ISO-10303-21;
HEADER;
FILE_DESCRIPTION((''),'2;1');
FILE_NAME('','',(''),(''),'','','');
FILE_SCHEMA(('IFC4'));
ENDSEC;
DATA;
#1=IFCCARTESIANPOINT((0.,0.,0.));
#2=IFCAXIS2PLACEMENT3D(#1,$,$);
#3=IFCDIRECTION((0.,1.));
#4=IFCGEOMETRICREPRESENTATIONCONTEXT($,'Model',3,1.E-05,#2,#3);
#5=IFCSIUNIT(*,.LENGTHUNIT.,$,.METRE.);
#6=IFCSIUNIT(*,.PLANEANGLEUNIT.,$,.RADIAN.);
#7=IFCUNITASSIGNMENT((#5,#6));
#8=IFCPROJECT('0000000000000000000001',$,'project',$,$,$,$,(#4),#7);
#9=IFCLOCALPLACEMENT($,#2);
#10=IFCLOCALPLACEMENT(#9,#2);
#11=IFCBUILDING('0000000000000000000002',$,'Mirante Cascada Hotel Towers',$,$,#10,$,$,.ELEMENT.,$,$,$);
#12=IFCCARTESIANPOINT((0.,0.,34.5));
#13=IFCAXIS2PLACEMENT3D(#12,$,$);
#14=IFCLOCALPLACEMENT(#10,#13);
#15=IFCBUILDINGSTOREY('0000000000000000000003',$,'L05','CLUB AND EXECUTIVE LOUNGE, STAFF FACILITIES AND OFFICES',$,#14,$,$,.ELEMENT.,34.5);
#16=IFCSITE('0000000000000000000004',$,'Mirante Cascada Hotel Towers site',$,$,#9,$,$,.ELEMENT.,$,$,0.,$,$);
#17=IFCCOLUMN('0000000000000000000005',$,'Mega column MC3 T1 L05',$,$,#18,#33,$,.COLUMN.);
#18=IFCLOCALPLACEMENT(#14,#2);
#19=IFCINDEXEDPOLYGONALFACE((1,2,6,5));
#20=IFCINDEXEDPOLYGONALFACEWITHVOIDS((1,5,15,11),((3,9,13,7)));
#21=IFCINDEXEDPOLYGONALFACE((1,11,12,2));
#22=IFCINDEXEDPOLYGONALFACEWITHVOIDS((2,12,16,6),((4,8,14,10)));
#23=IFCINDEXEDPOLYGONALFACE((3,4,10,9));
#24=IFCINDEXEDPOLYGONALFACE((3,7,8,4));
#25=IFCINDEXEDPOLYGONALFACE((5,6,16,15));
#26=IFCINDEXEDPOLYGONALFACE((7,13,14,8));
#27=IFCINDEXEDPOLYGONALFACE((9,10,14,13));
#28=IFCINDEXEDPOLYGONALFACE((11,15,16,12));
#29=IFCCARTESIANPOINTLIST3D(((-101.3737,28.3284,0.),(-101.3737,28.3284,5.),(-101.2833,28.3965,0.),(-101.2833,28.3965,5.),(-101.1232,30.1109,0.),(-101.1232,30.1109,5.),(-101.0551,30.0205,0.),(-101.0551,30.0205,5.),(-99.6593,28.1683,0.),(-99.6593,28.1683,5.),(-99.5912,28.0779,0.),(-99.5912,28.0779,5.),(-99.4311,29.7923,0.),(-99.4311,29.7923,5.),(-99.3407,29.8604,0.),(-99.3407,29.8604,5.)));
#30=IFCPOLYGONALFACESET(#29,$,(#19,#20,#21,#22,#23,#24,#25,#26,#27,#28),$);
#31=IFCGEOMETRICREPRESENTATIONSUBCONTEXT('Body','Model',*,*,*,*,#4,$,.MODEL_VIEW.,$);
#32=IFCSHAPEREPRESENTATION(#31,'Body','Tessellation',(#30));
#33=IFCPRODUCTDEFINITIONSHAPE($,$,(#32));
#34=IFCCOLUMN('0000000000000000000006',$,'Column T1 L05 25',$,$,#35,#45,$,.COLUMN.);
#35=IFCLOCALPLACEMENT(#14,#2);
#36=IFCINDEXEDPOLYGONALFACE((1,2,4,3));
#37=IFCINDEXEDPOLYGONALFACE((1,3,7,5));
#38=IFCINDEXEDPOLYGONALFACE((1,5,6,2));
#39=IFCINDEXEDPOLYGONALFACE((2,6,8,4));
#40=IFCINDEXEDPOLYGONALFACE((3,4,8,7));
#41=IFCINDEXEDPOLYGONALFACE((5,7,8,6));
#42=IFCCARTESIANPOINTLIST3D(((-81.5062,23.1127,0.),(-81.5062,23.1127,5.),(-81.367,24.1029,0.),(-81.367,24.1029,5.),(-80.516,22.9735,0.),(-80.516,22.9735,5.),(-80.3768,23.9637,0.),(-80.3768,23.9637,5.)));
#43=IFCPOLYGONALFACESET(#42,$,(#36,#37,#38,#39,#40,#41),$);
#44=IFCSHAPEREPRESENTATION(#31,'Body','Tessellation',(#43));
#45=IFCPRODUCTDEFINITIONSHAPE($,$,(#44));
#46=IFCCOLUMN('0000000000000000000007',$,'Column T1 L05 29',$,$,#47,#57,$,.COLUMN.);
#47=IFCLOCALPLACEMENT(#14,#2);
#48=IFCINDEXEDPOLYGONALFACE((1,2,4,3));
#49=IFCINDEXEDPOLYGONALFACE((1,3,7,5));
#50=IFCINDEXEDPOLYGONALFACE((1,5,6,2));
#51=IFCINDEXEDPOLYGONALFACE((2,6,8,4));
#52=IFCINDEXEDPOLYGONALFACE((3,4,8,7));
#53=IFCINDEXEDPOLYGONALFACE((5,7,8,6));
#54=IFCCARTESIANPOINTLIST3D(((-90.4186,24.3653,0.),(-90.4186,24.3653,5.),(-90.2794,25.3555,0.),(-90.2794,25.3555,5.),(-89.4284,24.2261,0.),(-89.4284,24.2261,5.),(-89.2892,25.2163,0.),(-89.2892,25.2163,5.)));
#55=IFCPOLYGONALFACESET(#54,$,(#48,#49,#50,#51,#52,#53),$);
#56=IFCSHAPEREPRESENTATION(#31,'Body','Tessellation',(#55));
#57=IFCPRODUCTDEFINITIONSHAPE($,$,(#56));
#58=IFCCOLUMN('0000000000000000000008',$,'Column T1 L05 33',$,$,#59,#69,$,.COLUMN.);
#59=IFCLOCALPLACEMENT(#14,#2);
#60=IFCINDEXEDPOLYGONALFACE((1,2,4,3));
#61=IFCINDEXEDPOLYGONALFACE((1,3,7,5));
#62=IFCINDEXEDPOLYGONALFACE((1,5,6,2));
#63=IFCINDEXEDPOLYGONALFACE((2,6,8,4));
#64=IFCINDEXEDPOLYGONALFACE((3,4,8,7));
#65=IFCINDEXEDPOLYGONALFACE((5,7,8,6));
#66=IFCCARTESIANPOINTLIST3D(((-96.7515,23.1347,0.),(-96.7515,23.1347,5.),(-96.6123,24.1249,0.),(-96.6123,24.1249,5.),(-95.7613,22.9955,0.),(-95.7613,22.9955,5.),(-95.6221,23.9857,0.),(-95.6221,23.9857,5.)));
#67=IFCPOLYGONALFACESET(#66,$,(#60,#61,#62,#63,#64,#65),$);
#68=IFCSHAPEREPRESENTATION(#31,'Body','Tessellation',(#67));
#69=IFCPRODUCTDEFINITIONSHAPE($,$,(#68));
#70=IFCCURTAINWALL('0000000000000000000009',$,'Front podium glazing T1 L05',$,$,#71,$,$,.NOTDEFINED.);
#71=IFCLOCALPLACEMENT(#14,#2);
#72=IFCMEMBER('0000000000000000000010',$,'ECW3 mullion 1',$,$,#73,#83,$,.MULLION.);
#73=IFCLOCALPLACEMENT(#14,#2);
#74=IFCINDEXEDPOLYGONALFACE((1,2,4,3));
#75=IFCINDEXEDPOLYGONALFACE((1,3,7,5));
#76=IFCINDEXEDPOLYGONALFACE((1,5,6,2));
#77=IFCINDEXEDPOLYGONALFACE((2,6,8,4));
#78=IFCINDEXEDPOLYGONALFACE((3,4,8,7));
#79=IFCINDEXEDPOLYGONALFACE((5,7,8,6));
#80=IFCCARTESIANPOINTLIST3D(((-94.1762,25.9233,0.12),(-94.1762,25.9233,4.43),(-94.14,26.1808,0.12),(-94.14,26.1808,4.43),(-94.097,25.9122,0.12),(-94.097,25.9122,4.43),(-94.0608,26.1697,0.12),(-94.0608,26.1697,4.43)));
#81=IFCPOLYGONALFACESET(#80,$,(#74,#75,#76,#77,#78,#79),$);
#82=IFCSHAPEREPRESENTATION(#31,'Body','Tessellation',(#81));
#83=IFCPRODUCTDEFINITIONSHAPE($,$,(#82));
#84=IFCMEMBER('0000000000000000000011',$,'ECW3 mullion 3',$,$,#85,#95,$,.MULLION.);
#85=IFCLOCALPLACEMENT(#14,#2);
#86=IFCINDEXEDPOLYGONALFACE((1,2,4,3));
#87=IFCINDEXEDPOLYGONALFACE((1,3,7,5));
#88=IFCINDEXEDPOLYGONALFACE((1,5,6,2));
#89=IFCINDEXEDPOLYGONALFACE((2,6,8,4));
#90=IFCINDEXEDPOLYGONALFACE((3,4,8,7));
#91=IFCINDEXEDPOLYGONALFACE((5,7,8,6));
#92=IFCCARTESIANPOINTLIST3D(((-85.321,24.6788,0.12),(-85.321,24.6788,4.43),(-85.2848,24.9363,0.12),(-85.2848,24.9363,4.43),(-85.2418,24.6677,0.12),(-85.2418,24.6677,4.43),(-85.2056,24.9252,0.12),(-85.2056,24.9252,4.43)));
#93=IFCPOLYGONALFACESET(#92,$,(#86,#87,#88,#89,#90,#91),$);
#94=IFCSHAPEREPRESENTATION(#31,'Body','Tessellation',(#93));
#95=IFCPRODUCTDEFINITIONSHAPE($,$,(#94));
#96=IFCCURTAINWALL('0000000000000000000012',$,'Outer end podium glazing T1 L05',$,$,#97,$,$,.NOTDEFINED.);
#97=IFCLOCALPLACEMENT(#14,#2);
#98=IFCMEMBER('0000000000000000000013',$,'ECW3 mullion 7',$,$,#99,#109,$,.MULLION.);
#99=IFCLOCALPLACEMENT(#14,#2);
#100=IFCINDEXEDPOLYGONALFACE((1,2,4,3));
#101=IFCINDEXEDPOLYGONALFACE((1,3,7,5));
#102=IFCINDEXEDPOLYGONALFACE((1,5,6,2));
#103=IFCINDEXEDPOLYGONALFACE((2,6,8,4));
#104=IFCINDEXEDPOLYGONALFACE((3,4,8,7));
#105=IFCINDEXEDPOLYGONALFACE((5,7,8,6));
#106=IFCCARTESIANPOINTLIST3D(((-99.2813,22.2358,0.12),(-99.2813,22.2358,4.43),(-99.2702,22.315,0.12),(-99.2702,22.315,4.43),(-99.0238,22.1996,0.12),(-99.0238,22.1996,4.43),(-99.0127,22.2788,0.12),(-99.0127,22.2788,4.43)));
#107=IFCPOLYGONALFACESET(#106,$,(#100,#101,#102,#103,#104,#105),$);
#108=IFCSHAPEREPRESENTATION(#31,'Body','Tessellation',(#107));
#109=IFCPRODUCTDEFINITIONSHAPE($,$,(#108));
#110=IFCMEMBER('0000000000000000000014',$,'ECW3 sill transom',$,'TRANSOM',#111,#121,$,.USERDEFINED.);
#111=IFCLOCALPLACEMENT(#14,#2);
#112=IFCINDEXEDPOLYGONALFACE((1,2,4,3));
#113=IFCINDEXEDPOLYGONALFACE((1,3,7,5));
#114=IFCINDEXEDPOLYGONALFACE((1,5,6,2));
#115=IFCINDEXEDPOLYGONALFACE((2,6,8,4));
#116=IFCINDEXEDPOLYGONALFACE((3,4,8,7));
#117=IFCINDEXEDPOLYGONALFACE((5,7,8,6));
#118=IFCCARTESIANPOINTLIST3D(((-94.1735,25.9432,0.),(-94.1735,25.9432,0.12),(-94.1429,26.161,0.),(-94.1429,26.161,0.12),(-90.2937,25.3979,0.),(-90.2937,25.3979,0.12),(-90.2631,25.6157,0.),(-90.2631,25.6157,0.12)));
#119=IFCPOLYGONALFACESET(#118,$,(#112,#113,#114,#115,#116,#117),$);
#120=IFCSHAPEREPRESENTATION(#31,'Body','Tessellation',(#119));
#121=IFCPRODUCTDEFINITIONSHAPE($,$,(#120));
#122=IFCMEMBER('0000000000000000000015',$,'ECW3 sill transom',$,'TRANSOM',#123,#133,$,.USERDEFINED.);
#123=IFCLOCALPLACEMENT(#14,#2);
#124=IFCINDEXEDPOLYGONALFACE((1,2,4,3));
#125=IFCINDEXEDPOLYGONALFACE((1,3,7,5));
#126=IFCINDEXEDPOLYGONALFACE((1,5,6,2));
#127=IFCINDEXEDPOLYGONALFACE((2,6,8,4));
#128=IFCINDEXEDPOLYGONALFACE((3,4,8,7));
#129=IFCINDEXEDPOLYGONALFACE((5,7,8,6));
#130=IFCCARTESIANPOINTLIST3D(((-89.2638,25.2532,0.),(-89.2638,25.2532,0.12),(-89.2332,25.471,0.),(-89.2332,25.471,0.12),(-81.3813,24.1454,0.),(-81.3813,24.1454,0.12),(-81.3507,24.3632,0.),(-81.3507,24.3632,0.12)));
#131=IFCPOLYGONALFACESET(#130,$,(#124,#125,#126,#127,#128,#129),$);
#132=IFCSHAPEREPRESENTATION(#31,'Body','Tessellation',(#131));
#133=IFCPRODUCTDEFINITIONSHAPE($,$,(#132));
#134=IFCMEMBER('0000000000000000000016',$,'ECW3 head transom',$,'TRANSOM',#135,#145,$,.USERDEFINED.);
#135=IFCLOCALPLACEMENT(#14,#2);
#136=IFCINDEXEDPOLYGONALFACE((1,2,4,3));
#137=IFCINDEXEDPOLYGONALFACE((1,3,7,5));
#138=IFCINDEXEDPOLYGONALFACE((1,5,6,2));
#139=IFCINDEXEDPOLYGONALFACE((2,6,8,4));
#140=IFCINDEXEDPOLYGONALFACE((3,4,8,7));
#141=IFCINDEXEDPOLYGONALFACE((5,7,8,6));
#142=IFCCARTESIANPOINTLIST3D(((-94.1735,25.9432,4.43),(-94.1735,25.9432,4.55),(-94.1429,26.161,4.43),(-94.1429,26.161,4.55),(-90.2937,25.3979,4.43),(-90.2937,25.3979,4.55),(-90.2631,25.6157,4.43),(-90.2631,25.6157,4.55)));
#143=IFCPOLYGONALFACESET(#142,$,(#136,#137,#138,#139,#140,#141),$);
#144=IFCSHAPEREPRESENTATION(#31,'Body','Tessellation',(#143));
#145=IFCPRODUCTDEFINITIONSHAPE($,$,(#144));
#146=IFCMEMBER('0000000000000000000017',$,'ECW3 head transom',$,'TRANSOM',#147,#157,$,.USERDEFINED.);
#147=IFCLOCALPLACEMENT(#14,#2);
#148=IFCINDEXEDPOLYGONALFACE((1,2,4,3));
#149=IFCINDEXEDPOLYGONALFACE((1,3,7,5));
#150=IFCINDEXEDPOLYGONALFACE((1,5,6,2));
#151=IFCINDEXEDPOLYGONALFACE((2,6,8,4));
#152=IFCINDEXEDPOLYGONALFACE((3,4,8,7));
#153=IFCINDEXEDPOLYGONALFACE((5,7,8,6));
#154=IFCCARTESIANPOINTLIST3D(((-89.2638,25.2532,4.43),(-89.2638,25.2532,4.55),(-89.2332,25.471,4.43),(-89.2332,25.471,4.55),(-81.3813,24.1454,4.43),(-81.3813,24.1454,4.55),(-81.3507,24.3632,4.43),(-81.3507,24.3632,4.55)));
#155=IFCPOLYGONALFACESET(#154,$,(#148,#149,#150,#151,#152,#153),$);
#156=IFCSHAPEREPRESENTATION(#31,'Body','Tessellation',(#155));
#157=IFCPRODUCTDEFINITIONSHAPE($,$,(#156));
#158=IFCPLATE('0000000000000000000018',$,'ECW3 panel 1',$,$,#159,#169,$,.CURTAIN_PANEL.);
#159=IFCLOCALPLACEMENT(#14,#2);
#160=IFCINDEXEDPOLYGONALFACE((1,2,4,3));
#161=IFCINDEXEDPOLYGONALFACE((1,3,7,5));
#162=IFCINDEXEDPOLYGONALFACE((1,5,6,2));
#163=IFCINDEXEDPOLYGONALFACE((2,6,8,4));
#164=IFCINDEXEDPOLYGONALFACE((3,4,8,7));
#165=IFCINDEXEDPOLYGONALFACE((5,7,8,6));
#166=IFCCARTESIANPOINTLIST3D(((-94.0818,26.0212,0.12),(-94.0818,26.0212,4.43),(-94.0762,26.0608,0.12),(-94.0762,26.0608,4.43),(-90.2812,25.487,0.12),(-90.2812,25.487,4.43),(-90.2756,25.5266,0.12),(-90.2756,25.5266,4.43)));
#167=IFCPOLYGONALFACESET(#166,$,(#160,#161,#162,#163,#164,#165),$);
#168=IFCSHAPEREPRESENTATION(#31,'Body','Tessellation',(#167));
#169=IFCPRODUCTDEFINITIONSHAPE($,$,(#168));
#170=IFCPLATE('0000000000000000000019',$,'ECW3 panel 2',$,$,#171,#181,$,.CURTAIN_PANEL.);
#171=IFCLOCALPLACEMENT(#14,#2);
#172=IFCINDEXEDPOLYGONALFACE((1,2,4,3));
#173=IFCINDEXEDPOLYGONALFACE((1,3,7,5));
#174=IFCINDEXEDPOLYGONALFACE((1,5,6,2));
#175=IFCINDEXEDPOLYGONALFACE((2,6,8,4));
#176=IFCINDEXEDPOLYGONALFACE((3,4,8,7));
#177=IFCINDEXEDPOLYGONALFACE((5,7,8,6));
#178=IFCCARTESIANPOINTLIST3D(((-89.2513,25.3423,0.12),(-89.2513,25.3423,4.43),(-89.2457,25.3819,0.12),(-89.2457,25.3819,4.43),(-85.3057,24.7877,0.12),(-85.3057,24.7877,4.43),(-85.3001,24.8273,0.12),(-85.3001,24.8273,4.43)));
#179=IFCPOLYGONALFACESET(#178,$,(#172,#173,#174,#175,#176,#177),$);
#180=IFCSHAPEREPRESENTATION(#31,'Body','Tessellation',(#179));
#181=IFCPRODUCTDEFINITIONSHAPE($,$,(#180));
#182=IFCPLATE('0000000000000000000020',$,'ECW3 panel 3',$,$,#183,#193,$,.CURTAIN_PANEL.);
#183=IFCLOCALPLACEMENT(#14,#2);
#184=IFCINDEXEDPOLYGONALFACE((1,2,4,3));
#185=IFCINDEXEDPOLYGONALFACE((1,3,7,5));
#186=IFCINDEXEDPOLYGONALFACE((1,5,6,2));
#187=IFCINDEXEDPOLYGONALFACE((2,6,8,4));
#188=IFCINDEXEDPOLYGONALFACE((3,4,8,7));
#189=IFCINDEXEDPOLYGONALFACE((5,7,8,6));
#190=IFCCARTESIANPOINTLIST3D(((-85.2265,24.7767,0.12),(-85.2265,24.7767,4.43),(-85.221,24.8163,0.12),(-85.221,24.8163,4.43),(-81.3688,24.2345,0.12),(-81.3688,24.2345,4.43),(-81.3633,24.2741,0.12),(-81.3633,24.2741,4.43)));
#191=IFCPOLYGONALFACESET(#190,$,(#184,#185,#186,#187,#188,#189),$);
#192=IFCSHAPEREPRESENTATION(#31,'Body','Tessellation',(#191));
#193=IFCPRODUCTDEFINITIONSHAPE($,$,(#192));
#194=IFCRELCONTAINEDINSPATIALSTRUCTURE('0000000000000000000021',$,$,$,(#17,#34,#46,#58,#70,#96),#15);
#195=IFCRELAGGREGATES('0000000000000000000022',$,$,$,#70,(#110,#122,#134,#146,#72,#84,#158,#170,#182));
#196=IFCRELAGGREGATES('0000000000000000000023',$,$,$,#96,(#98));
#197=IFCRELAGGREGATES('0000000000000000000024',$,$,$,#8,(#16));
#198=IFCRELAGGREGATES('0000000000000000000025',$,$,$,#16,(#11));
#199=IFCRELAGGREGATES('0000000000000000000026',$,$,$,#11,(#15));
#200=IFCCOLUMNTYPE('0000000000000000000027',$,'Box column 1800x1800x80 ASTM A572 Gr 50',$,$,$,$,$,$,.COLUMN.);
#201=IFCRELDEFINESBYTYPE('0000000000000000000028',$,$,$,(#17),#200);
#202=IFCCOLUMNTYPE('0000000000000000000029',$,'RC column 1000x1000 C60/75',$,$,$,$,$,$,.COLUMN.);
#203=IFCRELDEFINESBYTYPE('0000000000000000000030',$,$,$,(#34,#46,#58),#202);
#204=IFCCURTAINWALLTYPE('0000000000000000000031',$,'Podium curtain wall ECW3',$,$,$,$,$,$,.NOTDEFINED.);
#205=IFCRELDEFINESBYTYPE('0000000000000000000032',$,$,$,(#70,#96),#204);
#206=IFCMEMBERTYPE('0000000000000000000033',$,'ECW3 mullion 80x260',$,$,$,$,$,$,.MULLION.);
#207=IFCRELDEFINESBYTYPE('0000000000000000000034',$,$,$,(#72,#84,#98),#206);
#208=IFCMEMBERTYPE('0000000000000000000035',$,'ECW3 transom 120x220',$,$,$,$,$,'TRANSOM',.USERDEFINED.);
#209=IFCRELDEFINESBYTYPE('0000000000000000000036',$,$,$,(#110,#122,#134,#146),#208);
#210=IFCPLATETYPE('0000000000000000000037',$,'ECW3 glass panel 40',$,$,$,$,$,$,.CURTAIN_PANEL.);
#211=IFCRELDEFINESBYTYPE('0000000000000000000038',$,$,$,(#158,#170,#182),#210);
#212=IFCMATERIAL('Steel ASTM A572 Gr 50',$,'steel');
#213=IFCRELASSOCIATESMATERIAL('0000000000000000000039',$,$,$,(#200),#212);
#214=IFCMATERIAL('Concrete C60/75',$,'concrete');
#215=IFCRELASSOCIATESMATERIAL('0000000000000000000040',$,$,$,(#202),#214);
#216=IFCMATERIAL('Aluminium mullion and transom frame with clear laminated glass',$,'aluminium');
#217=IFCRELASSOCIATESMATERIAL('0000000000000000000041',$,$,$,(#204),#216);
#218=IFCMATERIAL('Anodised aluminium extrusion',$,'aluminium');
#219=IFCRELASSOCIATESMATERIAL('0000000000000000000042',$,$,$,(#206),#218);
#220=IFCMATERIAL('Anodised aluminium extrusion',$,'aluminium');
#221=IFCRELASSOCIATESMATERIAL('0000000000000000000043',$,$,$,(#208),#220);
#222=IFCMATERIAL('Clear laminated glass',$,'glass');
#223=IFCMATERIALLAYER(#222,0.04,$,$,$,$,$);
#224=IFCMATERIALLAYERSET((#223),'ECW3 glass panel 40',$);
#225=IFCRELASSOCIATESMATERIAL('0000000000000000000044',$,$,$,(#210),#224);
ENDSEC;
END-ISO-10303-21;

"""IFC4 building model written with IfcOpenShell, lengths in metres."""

from ifc_helpers import new_model, si_unit, direction, frame, origin, origin_2d, place, context, subcontext, project, spatial, rectangle, hollow_rectangle, extrude, material, layer, layer_set, material_profile, profile_set, type_object, element, aggregate, save


model = new_model("IFC4")

# Units and contexts
model_context = context("Model", 3, precision=1e-05, world=origin(), true_north=direction((0.0, 1.0)))
body_context = subcontext(model_context, "Body", "Model", "MODEL_VIEW")
ifc_project = project(units=[si_unit("LENGTHUNIT", "METRE"), si_unit("PLANEANGLEUNIT", "RADIAN")], contexts=[model_context])

# Site, building, storey
site_placement = place(None, origin())
site = spatial("IfcSite", under=ifc_project, at=site_placement, Name="Mirante Cascada Hotel Towers site", CompositionType="ELEMENT", RefElevation=0.0)
building_placement = place(site_placement, origin())
building = spatial("IfcBuilding", under=site, at=building_placement, Name="Mirante Cascada Hotel Towers", CompositionType="ELEMENT")
storey_placement = place(building_placement, frame((0.0, 0.0, 34.5)))
storey = spatial("IfcBuildingStorey", under=building, at=storey_placement, Name="L05", Description="CLUB AND EXECUTIVE LOUNGE, STAFF FACILITIES AND OFFICES", CompositionType="ELEMENT", Elevation=34.5)

# Columns
ifc_material_1 = material(Name="Steel ASTM A572 Gr 50", Category="steel")
ifc_material_profile_1 = material_profile(ifc_material_1, hollow_rectangle(XDim=1.8, YDim=1.8, WallThickness=0.08, at=origin_2d()), Name="Box column 1800x1800x80 ASTM A572 Gr 50")
ifc_profile_set_1 = profile_set([ifc_material_profile_1], Name="Steel ASTM A572 Gr 50")
column_type_1 = type_object("IfcColumnType", Name="Box column 1800x1800x80 ASTM A572 Gr 50", PredefinedType="COLUMN", material=ifc_profile_set_1)
column_placement = place(storey_placement, frame((-100.3572, 29.0944, 0.0), z_axis=(0.0, 0.0, 1.0), x_axis=(-0.990268, 0.139173, 0.0)))
element("IfcColumn", 1, at=column_placement, inside=storey, type_object=column_type_1, Name="Mega column MC3 T1 L05", PredefinedType="COLUMN", context=body_context, shape_type="SweptSolid", body=[
    extrude(hollow_rectangle(XDim=1.8, YDim=1.8, WallThickness=0.08, at=origin_2d()), origin(), (0.0, 0.0, 1.0), 5.0),
])
ifc_material_2 = material(Name="Concrete C60/75", Category="concrete")
ifc_material_profile_2 = material_profile(ifc_material_2, rectangle(XDim=1.0, YDim=1.0, at=origin_2d()), Name="RC column 1000x1000 C60/75")
ifc_profile_set_2 = profile_set([ifc_material_profile_2], Name="Concrete C60/75")
column_type_2 = type_object("IfcColumnType", Name="RC column 1000x1000 C60/75", PredefinedType="COLUMN", material=ifc_profile_set_2)
for number, where, z_axis, x_axis, name in (
    (2, (-80.9415, 23.5382, 0.0), (0.0, 0.0, 1.0), (-0.990268, 0.139173, 0.0), "Column T1 L05 25"),
    (3, (-89.8539, 24.7908, 0.0), (0.0, 0.0, 1.0), (-0.990268, 0.139173, 0.0), "Column T1 L05 29"),
    (4, (-96.1868, 23.5602, 0.0), (0.0, 0.0, 1.0), (-0.990268, 0.139173, 0.0), "Column T1 L05 33"),
):
    element("IfcColumn", number, at=place(storey_placement, frame(where, z_axis=z_axis, x_axis=x_axis)), inside=storey, type_object=column_type_2, Name=name, PredefinedType="COLUMN", context=body_context, shape_type="SweptSolid", body=[
        extrude(rectangle(XDim=1.0, YDim=1.0, at=origin_2d()), origin(), (0.0, 0.0, 1.0), 5.0),
    ])

# Curtain wall, members
ifc_material_3 = material(Name="Aluminium mullion and transom frame with clear laminated glass", Category="aluminium")
curtain_wall_type = type_object("IfcCurtainWallType", Name="Podium curtain wall ECW3", PredefinedType="NOTDEFINED", material=ifc_material_3)
curtain_wall_1_placement = place(storey_placement, origin())
curtain_wall_1 = element("IfcCurtainWall", 5, at=curtain_wall_1_placement, inside=storey, type_object=curtain_wall_type, Name="Front podium glazing T1 L05", PredefinedType="NOTDEFINED")
ifc_material_4 = material(Name="Anodised aluminium extrusion", Category="aluminium")
ifc_material_profile_3 = material_profile(ifc_material_4, rectangle(XDim=0.26, YDim=0.08, at=origin_2d()), Name="ECW3 MULLION 80x260")
ifc_profile_set_3 = profile_set([ifc_material_profile_3], Name="Anodised aluminium extrusion")
member_type_1 = type_object("IfcMemberType", Name="ECW3 mullion 80x260", PredefinedType="MULLION", material=ifc_profile_set_3)
member_1_placement = place(storey_placement, frame((-94.1185, 26.0465, 0.12), z_axis=(0.0, 0.0, 1.0), x_axis=(0.139173, 0.990268, 0.0)))
member_1 = element("IfcMember", 6, at=member_1_placement, type_object=member_type_1, Name="ECW3 mullion 1", PredefinedType="MULLION", context=body_context, shape_type="SweptSolid", body=[
    extrude(rectangle(XDim=0.26, YDim=0.08, at=origin_2d()), origin(), (0.0, 0.0, 1.0), 4.31),
])
member_2_placement = place(storey_placement, frame((-85.2633, 24.802, 0.12), z_axis=(0.0, 0.0, 1.0), x_axis=(0.139173, 0.990268, 0.0)))
member_2 = element("IfcMember", 7, at=member_2_placement, type_object=member_type_1, Name="ECW3 mullion 3", PredefinedType="MULLION", context=body_context, shape_type="SweptSolid", body=[
    extrude(rectangle(XDim=0.26, YDim=0.08, at=origin_2d()), origin(), (0.0, 0.0, 1.0), 4.31),
])

# Curtain wall, member
curtain_wall_2_placement = place(storey_placement, origin())
curtain_wall_2 = element("IfcCurtainWall", 8, at=curtain_wall_2_placement, inside=storey, type_object=curtain_wall_type, Name="Outer end podium glazing T1 L05", PredefinedType="NOTDEFINED")
member_3_placement = place(storey_placement, frame((-99.147, 22.2573, 0.12), z_axis=(0.0, 0.0, 1.0), x_axis=(-0.990268, 0.139173, 0.0)))
member_3 = element("IfcMember", 9, at=member_3_placement, type_object=member_type_1, Name="ECW3 mullion 7", PredefinedType="MULLION", context=body_context, shape_type="SweptSolid", body=[
    extrude(rectangle(XDim=0.26, YDim=0.08, at=origin_2d()), origin(), (0.0, 0.0, 1.0), 4.31),
])

# Members
ifc_material_5 = material(Name="Anodised aluminium extrusion", Category="aluminium")
ifc_material_profile_4 = material_profile(ifc_material_5, rectangle(XDim=0.22, YDim=0.12, at=origin_2d()), Name="ECW3 TRANSOM 120x220")
ifc_profile_set_4 = profile_set([ifc_material_profile_4], Name="Anodised aluminium extrusion")
member_type_2 = type_object("IfcMemberType", Name="ECW3 transom 120x220", ElementType="TRANSOM", PredefinedType="USERDEFINED", material=ifc_profile_set_4)
member_4_placement = place(storey_placement, frame((-94.1582, 26.0521, 0.06), z_axis=(0.990267, -0.139181, 0.0), x_axis=(0.139181, 0.990267, 0.0)))
member_4 = element("IfcMember", 10, at=member_4_placement, type_object=member_type_2, Name="ECW3 sill transom", ObjectType="TRANSOM", PredefinedType="USERDEFINED", context=body_context, shape_type="SweptSolid", body=[
    extrude(rectangle(XDim=0.22, YDim=0.12, at=origin_2d()), origin(), (0.0, 0.0, 1.0), 3.9179),
])
member_5_placement = place(storey_placement, frame((-89.2485, 25.3621, 0.06), z_axis=(0.990268, -0.139172, 0.0), x_axis=(0.139172, 0.990268, 0.0)))
member_5 = element("IfcMember", 11, at=member_5_placement, type_object=member_type_2, Name="ECW3 sill transom", ObjectType="TRANSOM", PredefinedType="USERDEFINED", context=body_context, shape_type="SweptSolid", body=[
    extrude(rectangle(XDim=0.22, YDim=0.12, at=origin_2d()), origin(), (0.0, 0.0, 1.0), 7.96),
])
member_6_placement = place(storey_placement, frame((-94.1582, 26.0521, 4.49), z_axis=(0.990267, -0.139181, 0.0), x_axis=(0.139181, 0.990267, 0.0)))
member_6 = element("IfcMember", 12, at=member_6_placement, type_object=member_type_2, Name="ECW3 head transom", ObjectType="TRANSOM", PredefinedType="USERDEFINED", context=body_context, shape_type="SweptSolid", body=[
    extrude(rectangle(XDim=0.22, YDim=0.12, at=origin_2d()), origin(), (0.0, 0.0, 1.0), 3.9179),
])
member_7_placement = place(storey_placement, frame((-89.2485, 25.3621, 4.49), z_axis=(0.990268, -0.139172, 0.0), x_axis=(0.139172, 0.990268, 0.0)))
member_7 = element("IfcMember", 13, at=member_7_placement, type_object=member_type_2, Name="ECW3 head transom", ObjectType="TRANSOM", PredefinedType="USERDEFINED", context=body_context, shape_type="SweptSolid", body=[
    extrude(rectangle(XDim=0.22, YDim=0.12, at=origin_2d()), origin(), (0.0, 0.0, 1.0), 7.96),
])

# Plates
ifc_material_6 = material(Name="Clear laminated glass", Category="glass")
ifc_layer_1 = layer(ifc_material_6, 0.04)
ifc_layer_set_1 = layer_set([ifc_layer_1], Name="ECW3 glass panel 40")
plate_type = type_object("IfcPlateType", Name="ECW3 glass panel 40", PredefinedType="CURTAIN_PANEL", material=ifc_layer_set_1)
plate_1_placement = place(storey_placement, frame((-92.1787, 25.7739, 0.12), z_axis=(0.0, 0.0, 1.0), x_axis=(0.990268, -0.139173, 0.0)))
plate_1 = element("IfcPlate", 14, at=plate_1_placement, type_object=plate_type, Name="ECW3 panel 1", PredefinedType="CURTAIN_PANEL", context=body_context, shape_type="SweptSolid", body=[
    extrude(rectangle(XDim=3.8379, YDim=0.04, at=origin_2d()), origin(), (0.0, 0.0, 1.0), 4.31),
])
plate_2_placement = place(storey_placement, frame((-87.2757, 25.0848, 0.12), z_axis=(0.0, 0.0, 1.0), x_axis=(0.990268, -0.139173, 0.0)))
plate_2 = element("IfcPlate", 15, at=plate_2_placement, type_object=plate_type, Name="ECW3 panel 2", PredefinedType="CURTAIN_PANEL", context=body_context, shape_type="SweptSolid", body=[
    extrude(rectangle(XDim=3.9844, YDim=0.04, at=origin_2d()), origin(), (0.0, 0.0, 1.0), 4.31),
])
plate_3_placement = place(storey_placement, frame((-83.2949, 24.5254, 0.12), z_axis=(0.0, 0.0, 1.0), x_axis=(0.990268, -0.139173, 0.0)))
plate_3 = element("IfcPlate", 16, at=plate_3_placement, type_object=plate_type, Name="ECW3 panel 3", PredefinedType="CURTAIN_PANEL", context=body_context, shape_type="SweptSolid", body=[
    extrude(rectangle(XDim=3.8956, YDim=0.04, at=origin_2d()), origin(), (0.0, 0.0, 1.0), 4.31),
])
aggregate(curtain_wall_1, [member_4, member_5, member_6, member_7, member_1, member_2, plate_1, plate_2, plate_3])
aggregate(curtain_wall_2, [member_3])

save(model, "model.ifc")
